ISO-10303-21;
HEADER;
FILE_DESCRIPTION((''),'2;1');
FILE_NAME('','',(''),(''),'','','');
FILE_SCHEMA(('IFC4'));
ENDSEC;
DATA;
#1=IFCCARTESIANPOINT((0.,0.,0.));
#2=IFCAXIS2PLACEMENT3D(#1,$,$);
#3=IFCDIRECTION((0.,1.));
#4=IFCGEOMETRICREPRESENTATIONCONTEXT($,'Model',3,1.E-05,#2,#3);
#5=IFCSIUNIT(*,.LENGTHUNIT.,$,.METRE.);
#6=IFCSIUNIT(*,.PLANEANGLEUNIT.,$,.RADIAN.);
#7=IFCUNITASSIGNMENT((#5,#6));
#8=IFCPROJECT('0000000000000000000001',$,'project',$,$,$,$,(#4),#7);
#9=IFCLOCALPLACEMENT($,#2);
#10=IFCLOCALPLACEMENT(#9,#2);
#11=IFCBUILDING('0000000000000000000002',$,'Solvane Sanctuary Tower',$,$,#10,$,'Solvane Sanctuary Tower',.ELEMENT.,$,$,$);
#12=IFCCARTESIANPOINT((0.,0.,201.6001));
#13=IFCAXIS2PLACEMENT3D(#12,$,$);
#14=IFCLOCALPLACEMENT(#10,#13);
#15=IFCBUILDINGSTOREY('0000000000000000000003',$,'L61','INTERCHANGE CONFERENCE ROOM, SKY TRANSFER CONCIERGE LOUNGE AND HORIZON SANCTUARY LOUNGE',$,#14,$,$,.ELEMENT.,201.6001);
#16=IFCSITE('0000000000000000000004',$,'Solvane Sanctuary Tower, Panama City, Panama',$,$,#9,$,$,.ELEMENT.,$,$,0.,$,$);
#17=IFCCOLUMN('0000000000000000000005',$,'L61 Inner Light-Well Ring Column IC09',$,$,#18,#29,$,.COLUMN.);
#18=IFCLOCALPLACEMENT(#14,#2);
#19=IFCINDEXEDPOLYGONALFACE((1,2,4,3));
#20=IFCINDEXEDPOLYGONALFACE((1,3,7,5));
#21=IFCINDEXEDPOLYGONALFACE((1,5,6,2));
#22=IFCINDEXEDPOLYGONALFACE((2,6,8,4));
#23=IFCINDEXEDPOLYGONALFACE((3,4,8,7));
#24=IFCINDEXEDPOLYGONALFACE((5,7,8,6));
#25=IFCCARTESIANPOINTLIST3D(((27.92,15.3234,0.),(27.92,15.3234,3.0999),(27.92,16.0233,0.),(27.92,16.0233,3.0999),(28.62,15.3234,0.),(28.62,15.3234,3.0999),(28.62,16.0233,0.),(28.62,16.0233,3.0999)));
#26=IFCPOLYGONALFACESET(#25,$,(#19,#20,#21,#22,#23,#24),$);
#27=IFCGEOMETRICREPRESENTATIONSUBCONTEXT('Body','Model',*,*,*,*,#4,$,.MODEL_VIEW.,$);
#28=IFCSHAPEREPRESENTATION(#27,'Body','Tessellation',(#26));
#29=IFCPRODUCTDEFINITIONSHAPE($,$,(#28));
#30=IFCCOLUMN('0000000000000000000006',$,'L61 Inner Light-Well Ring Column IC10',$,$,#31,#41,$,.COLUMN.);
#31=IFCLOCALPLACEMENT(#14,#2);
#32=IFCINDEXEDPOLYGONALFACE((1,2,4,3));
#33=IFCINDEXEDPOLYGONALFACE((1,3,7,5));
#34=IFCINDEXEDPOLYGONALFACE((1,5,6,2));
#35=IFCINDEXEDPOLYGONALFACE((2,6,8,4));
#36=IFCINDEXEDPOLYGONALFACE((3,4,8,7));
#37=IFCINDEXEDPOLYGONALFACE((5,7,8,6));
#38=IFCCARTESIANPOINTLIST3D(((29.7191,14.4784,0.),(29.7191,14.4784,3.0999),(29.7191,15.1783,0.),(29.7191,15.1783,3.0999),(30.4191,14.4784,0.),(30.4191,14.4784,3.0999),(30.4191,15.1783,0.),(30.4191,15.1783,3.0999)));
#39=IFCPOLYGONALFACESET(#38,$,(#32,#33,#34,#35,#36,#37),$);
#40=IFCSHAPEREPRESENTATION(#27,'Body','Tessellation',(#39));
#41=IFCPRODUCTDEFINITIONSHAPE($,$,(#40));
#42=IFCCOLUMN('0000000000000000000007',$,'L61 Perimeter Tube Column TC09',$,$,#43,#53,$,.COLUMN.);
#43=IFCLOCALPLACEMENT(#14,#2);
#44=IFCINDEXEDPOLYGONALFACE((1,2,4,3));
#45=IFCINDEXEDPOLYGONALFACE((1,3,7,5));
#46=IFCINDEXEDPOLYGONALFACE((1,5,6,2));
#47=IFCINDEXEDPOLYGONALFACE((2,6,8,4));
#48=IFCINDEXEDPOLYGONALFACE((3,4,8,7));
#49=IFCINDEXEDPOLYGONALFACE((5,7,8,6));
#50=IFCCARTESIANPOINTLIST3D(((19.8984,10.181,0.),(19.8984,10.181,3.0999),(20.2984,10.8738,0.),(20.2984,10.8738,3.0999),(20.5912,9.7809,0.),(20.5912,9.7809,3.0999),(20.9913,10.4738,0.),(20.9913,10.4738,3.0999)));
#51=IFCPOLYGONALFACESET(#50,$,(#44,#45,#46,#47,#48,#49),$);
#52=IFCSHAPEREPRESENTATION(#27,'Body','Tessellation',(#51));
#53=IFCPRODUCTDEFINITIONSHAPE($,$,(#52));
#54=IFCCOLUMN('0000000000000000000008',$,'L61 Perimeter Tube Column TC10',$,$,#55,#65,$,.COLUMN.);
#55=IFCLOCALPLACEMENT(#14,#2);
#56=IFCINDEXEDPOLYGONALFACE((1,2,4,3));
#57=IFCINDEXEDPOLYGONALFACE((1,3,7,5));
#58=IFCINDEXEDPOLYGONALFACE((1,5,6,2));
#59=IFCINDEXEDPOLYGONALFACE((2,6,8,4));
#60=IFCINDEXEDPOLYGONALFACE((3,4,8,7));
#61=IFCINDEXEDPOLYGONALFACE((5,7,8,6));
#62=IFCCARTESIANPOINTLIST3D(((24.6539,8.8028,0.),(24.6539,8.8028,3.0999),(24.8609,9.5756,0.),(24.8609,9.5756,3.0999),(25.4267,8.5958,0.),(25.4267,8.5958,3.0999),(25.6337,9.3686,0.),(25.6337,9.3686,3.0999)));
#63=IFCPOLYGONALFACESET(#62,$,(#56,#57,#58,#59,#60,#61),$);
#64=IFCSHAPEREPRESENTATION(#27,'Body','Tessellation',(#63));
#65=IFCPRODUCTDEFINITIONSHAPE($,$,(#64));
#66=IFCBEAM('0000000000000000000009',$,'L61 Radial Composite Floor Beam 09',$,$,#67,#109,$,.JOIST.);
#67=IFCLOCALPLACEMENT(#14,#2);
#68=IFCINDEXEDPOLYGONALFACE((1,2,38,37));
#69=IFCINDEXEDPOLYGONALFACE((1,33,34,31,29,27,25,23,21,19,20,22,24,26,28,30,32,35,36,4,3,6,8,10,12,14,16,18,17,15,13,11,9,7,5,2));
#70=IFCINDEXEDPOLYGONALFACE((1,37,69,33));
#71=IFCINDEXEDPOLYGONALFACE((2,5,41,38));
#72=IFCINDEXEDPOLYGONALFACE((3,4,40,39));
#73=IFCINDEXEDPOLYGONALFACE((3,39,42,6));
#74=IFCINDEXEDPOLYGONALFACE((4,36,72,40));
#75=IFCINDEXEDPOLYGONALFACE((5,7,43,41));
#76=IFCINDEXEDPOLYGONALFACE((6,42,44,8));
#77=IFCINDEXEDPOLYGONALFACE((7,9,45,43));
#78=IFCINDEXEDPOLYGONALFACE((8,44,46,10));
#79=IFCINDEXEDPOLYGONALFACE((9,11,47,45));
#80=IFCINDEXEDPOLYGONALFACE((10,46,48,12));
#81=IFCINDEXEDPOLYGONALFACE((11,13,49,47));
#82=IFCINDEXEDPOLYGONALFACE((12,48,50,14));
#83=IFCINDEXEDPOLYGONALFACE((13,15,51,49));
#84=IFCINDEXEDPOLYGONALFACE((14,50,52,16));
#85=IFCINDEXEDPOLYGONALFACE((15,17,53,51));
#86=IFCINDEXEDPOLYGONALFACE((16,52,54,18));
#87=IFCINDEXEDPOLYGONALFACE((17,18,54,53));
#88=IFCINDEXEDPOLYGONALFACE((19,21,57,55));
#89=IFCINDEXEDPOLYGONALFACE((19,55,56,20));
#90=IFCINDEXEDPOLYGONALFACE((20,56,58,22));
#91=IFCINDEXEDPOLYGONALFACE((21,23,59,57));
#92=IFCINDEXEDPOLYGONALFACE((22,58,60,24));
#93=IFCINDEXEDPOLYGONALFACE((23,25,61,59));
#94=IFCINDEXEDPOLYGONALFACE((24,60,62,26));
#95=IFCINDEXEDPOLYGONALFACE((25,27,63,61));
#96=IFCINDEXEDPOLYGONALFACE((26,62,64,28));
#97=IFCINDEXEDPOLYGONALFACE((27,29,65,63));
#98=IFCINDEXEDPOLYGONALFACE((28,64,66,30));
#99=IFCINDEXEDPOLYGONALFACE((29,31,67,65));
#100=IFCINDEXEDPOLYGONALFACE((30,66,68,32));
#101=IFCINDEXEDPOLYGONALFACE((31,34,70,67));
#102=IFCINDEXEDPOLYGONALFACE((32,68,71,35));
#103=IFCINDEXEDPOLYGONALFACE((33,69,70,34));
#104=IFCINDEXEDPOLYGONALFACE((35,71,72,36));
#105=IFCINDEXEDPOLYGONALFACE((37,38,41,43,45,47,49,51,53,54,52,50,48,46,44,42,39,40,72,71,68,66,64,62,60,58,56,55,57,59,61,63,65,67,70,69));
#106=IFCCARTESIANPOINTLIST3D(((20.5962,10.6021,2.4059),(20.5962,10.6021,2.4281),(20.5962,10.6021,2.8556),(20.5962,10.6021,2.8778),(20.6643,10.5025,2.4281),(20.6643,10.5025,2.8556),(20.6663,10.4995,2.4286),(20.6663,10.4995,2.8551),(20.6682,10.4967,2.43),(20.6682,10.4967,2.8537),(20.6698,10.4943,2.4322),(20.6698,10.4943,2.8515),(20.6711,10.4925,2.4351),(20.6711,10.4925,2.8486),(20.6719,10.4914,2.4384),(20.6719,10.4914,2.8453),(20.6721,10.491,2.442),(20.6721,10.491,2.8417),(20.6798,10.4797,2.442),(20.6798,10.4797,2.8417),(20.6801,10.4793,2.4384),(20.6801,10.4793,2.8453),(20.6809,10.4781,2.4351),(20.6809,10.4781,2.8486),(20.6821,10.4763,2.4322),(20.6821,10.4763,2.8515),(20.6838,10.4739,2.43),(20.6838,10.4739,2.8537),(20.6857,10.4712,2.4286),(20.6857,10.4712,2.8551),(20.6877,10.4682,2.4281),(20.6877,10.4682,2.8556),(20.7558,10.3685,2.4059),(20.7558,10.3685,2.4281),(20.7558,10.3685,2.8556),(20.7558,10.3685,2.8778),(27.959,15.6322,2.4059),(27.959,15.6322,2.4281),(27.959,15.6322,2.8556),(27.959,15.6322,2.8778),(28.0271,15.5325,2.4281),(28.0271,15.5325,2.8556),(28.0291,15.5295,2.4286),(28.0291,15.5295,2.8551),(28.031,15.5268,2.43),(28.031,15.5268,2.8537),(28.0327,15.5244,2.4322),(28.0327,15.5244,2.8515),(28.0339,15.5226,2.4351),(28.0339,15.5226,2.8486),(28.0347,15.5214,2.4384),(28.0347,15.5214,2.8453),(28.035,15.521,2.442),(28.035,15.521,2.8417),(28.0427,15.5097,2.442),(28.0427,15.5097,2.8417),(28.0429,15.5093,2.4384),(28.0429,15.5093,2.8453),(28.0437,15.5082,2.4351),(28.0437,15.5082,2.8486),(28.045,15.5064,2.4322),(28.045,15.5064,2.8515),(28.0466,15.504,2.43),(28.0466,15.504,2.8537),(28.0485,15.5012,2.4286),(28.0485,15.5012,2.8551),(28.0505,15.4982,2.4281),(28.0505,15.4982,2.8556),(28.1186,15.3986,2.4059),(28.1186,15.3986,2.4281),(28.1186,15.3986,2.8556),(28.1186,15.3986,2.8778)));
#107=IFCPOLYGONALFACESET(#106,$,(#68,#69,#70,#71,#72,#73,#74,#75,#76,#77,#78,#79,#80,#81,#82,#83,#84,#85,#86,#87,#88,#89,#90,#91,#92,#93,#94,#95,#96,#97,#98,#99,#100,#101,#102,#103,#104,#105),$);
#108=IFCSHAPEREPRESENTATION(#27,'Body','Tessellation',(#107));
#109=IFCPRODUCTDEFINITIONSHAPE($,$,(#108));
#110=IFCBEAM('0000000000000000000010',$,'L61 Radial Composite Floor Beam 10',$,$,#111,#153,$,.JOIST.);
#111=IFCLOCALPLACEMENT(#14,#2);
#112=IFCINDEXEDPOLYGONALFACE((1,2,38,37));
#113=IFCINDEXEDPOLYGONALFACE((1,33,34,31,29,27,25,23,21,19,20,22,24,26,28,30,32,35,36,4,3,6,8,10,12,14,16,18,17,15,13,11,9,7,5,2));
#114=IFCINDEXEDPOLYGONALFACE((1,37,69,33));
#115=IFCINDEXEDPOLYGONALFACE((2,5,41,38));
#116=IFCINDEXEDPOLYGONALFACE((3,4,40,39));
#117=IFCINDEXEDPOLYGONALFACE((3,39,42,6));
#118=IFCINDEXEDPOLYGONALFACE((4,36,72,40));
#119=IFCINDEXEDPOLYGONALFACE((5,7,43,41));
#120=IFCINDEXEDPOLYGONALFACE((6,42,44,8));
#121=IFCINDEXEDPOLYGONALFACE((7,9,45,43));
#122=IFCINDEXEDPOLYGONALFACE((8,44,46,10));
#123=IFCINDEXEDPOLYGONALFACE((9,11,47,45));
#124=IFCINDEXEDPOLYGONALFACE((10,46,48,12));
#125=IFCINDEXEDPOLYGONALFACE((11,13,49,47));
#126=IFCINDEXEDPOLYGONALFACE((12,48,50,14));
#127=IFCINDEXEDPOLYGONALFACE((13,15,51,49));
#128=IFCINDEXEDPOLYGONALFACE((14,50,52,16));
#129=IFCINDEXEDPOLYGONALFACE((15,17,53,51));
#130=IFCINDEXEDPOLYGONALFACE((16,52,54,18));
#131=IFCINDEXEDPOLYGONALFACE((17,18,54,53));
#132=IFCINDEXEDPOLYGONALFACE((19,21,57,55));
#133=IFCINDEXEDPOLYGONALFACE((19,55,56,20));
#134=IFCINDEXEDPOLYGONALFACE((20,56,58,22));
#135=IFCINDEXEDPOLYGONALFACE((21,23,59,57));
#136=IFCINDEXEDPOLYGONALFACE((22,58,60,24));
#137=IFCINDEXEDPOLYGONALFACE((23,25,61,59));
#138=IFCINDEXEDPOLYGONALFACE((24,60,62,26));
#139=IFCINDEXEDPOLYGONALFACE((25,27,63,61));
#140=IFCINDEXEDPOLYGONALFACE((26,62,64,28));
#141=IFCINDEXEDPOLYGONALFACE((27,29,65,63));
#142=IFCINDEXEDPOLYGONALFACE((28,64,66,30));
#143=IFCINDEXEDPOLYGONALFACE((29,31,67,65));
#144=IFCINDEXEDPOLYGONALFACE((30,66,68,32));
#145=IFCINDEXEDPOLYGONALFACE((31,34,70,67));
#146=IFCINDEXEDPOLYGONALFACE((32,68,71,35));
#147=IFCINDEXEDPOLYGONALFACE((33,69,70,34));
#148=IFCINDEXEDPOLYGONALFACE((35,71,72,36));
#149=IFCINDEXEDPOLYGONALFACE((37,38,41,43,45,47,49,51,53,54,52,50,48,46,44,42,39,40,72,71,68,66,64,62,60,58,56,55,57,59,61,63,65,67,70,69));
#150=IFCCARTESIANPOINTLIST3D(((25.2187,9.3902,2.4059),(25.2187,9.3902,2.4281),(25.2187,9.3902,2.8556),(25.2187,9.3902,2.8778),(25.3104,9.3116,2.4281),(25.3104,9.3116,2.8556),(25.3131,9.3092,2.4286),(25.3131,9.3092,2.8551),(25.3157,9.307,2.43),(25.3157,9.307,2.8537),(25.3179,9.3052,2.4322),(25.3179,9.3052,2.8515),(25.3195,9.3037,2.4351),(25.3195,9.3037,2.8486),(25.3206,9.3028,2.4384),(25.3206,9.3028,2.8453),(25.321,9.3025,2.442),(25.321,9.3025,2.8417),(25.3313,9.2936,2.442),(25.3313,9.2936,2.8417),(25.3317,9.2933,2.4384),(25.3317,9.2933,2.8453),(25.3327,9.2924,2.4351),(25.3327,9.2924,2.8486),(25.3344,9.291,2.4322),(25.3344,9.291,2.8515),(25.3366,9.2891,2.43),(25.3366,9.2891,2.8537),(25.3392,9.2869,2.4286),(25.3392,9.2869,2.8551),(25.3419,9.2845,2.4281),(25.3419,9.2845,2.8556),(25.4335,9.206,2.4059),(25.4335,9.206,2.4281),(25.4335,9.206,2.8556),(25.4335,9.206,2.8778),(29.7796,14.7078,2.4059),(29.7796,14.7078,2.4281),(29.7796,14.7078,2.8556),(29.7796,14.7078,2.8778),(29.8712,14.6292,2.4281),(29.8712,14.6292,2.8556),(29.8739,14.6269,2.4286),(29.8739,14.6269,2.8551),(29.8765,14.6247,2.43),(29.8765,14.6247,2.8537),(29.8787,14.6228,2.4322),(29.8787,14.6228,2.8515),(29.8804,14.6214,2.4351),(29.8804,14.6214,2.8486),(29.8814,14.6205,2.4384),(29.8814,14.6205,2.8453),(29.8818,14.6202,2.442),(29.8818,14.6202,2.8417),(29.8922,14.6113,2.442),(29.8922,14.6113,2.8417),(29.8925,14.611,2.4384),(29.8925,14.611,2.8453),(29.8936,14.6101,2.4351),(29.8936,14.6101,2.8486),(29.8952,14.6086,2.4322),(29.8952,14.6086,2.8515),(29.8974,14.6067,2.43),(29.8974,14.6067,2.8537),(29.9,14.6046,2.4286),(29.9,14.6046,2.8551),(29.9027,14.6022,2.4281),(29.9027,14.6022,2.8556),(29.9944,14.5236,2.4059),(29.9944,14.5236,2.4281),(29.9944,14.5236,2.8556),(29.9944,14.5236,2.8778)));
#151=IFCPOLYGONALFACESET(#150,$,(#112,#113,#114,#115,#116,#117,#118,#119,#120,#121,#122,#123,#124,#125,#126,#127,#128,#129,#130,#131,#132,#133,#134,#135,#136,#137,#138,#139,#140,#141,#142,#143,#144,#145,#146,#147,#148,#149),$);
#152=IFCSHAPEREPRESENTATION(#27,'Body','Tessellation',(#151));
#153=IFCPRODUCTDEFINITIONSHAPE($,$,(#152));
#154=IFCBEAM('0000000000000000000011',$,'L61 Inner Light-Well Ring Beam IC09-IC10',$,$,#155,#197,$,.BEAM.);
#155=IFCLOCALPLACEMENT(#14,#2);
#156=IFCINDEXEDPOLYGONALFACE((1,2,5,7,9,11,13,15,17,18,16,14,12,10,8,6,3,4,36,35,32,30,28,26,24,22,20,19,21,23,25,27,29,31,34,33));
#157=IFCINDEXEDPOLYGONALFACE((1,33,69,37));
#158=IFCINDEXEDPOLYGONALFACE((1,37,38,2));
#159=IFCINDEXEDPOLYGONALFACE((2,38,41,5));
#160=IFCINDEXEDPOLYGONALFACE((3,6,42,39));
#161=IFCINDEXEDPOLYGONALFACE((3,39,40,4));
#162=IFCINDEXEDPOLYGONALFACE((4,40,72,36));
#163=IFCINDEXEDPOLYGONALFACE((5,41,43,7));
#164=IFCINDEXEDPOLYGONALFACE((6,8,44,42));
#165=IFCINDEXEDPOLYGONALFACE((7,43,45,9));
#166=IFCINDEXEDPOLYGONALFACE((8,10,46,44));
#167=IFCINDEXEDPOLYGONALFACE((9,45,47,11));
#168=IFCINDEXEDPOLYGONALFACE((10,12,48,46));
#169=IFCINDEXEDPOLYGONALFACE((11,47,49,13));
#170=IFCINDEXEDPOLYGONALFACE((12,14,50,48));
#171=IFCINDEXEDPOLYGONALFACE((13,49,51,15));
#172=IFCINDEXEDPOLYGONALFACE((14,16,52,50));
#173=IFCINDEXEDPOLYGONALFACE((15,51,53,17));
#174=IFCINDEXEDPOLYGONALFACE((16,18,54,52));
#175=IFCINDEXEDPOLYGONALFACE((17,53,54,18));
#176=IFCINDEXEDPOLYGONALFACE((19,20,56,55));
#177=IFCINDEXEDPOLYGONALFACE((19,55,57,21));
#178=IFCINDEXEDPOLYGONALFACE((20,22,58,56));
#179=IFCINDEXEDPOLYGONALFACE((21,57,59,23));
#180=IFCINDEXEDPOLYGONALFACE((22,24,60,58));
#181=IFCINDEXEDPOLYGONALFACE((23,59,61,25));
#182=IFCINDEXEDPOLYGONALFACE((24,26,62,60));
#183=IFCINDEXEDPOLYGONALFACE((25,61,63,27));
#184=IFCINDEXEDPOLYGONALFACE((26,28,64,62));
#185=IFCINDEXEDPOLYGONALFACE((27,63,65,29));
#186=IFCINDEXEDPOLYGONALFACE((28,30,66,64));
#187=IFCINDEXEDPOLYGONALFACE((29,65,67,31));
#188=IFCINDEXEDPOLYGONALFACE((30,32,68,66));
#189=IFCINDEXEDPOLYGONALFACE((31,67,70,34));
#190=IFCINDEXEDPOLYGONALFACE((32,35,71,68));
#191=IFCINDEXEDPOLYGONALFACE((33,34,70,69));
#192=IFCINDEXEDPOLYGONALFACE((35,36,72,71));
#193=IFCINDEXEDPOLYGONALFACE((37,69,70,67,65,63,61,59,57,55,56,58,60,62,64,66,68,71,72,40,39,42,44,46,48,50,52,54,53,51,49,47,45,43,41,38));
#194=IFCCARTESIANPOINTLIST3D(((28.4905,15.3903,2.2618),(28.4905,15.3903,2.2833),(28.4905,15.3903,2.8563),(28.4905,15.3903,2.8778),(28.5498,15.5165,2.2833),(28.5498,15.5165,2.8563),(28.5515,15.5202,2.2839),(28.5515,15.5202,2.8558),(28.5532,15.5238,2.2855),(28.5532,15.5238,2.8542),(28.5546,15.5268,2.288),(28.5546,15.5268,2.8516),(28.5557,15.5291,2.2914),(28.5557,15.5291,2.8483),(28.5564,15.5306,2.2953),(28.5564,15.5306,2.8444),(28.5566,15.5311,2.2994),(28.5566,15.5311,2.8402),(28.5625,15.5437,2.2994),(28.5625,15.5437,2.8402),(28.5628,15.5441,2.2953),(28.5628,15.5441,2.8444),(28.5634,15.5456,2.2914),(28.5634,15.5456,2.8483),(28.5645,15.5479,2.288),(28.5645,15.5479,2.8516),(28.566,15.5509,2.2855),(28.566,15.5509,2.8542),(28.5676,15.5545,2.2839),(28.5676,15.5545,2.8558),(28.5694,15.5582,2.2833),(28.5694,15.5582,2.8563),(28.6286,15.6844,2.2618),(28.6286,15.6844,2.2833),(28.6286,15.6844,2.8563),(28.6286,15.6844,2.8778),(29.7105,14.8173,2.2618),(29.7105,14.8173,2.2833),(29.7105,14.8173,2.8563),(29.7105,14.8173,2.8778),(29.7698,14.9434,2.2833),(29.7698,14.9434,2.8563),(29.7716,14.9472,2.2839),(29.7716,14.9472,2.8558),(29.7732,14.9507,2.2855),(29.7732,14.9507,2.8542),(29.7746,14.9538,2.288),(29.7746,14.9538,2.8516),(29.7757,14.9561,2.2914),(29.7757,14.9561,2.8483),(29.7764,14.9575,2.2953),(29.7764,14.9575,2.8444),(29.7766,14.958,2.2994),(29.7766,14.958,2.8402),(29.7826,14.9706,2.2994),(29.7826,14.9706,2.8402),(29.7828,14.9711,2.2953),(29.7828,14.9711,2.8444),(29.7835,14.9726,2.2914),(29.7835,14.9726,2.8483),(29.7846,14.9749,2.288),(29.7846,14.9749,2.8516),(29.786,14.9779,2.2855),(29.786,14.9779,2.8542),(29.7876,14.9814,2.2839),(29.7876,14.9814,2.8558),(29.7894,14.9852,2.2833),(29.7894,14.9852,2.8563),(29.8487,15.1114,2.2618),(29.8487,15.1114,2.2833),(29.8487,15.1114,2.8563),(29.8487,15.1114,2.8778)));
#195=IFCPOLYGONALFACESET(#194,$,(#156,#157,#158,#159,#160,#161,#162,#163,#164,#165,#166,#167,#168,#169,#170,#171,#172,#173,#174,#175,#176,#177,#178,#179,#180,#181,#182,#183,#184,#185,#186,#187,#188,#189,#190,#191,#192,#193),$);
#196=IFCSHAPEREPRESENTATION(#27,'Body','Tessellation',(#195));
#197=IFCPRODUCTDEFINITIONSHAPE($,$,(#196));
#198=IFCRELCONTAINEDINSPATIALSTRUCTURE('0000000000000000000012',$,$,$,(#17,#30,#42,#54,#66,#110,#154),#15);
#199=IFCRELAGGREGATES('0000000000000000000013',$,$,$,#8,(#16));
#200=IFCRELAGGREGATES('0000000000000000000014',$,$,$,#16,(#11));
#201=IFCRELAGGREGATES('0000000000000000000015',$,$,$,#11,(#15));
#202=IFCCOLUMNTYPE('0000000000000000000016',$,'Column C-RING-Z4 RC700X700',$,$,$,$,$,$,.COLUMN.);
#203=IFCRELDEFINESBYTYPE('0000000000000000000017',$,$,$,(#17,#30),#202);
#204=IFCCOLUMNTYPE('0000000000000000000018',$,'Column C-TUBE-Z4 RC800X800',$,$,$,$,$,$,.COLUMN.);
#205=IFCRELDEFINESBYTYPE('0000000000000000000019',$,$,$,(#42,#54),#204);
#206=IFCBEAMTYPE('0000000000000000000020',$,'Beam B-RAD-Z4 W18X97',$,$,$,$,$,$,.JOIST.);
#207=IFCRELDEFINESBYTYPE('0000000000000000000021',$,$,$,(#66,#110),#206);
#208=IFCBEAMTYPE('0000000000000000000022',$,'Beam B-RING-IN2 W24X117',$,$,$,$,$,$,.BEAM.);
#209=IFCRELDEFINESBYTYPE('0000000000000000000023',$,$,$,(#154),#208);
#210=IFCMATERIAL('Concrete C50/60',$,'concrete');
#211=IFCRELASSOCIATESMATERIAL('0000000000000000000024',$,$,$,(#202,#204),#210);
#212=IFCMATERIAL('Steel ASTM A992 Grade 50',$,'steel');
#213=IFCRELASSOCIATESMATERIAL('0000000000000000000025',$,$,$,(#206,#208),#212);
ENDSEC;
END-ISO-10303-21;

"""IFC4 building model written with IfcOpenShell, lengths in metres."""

from ifc_helpers import new_model, si_unit, direction, frame, origin, origin_2d, place, context, subcontext, project, spatial, rectangle, i_section, extrude, material, material_profile, profile_set, type_object, element, save


model = new_model("IFC4")

# Units and contexts
model_context = context("Model", 3, precision=1e-05, world=origin(), true_north=direction((0.0, 1.0)))
body_context = subcontext(model_context, "Body", "Model", "MODEL_VIEW")
ifc_project = project(units=[si_unit("LENGTHUNIT", "METRE"), si_unit("PLANEANGLEUNIT", "RADIAN")], contexts=[model_context])

# Site, building, storey
site_placement = place(None, origin())
site = spatial("IfcSite", under=ifc_project, at=site_placement, Name="Solvane Sanctuary Tower, Panama City, Panama", CompositionType="ELEMENT", RefElevation=0.0)
building_placement = place(site_placement, origin())
building = spatial("IfcBuilding", under=site, at=building_placement, Name="Solvane Sanctuary Tower", LongName="Solvane Sanctuary Tower", CompositionType="ELEMENT")
storey_placement = place(building_placement, frame((0.0, 0.0, 201.6001)))
storey = spatial("IfcBuildingStorey", under=building, at=storey_placement, Name="L61", Description="INTERCHANGE CONFERENCE ROOM, SKY TRANSFER CONCIERGE LOUNGE AND HORIZON SANCTUARY LOUNGE", CompositionType="ELEMENT", Elevation=201.6001)

# Columns
ifc_material_1 = material(Name="Concrete C50/60", Category="concrete")
ifc_material_profile_1 = material_profile(ifc_material_1, rectangle(XDim=0.7, YDim=0.7, at=origin_2d()), Name="RC700X700")
ifc_profile_set_1 = profile_set([ifc_material_profile_1], Name="Concrete C50/60")
column_type_1 = type_object("IfcColumnType", Name="Column C-RING-Z4 RC700X700", PredefinedType="COLUMN", material=ifc_profile_set_1)
for number, where, z_axis, x_axis, name in (
    (1, (28.27, 15.6733, 0.0), (0.0, 0.0, 1.0), (1.0, 0.0, 0.0), "L61 Inner Light-Well Ring Column IC09"),
    (2, (30.0691, 14.8284, 0.0), (0.0, 0.0, 1.0), (1.0, 0.0, 0.0), "L61 Inner Light-Well Ring Column IC10"),
):
    element("IfcColumn", number, at=place(storey_placement, frame(where, z_axis=z_axis, x_axis=x_axis)), inside=storey, type_object=column_type_1, Name=name, PredefinedType="COLUMN", context=body_context, shape_type="SweptSolid", body=[
        extrude(rectangle(XDim=0.7, YDim=0.7, at=origin_2d()), origin(), (0.0, 0.0, 1.0), 3.0999),
    ])
ifc_material_profile_2 = material_profile(ifc_material_1, rectangle(XDim=0.8, YDim=0.8, at=origin_2d()), Name="RC800X800")
ifc_profile_set_2 = profile_set([ifc_material_profile_2], Name="Concrete C50/60")
column_type_2 = type_object("IfcColumnType", Name="Column C-TUBE-Z4 RC800X800", PredefinedType="COLUMN", material=ifc_profile_set_2)
for number, where, z_axis, x_axis, name in (
    (3, (20.4448, 10.3274, 0.0), (0.0, 0.0, 1.0), (-0.5, -0.866025, 0.0), "L61 Perimeter Tube Column TC09"),
    (4, (25.1438, 9.0857, 0.0), (0.0, 0.0, 1.0), (-0.258819, -0.965926, 0.0), "L61 Perimeter Tube Column TC10"),
):
    element("IfcColumn", number, at=place(storey_placement, frame(where, z_axis=z_axis, x_axis=x_axis)), inside=storey, type_object=column_type_2, Name=name, PredefinedType="COLUMN", context=body_context, shape_type="SweptSolid", body=[
        extrude(rectangle(XDim=0.8, YDim=0.8, at=origin_2d()), origin(), (0.0, 0.0, 1.0), 3.0999),
    ])

# Beams
ifc_material_2 = material(Name="Steel ASTM A992 Grade 50", Category="steel")
ifc_material_profile_3 = material_profile(ifc_material_2, i_section(OverallWidth=0.283, OverallDepth=0.4719, WebThickness=0.0137, FlangeThickness=0.0222, FilletRadius=0.0139, at=origin_2d()), Name="W18X97")
ifc_profile_set_3 = profile_set([ifc_material_profile_3], Name="Steel ASTM A992 Grade 50")
beam_type_1 = type_object("IfcBeamType", Name="Beam B-RAD-Z4 W18X97", PredefinedType="JOIST", material=ifc_profile_set_3)
beam_1_placement = place(storey_placement, frame((28.0388, 15.5154, 2.6418), z_axis=(-0.825708, -0.564098, 0.0), x_axis=(0.564098, -0.825708, 0.0)))
element("IfcBeam", 5, at=beam_1_placement, inside=storey, type_object=beam_type_1, Name="L61 Radial Composite Floor Beam 09", PredefinedType="JOIST", context=body_context, shape_type="SweptSolid", body=[
    extrude(i_section(OverallWidth=0.283, OverallDepth=0.4719, WebThickness=0.0137, FlangeThickness=0.0222, FilletRadius=0.0139, at=origin_2d()), origin(), (0.0, 0.0, 1.0), 8.917),
])
beam_2_placement = place(storey_placement, frame((29.887, 14.6157, 2.6418), z_axis=(-0.651024, -0.759057, 0.0), x_axis=(0.759057, -0.651024, 0.0)))
element("IfcBeam", 6, at=beam_2_placement, inside=storey, type_object=beam_type_1, Name="L61 Radial Composite Floor Beam 10", PredefinedType="JOIST", context=body_context, shape_type="SweptSolid", body=[
    extrude(i_section(OverallWidth=0.283, OverallDepth=0.4719, WebThickness=0.0137, FlangeThickness=0.0222, FilletRadius=0.0139, at=origin_2d()), origin(), (0.0, 0.0, 1.0), 7.0056),
])
ifc_material_profile_4 = material_profile(ifc_material_2, i_section(OverallWidth=0.325, OverallDepth=0.616, WebThickness=0.0139, FlangeThickness=0.0215, FilletRadius=0.0161, at=origin_2d()), Name="W24X117")
ifc_profile_set_4 = profile_set([ifc_material_profile_4], Name="Steel ASTM A992 Grade 50")
beam_type_2 = type_object("IfcBeamType", Name="Beam B-RING-IN2 W24X117", PredefinedType="BEAM", material=ifc_profile_set_4)
beam_3_placement = place(storey_placement, frame((28.5596, 15.5374, 2.5698), z_axis=(0.905135, -0.425125, 0.0), x_axis=(0.425125, 0.905135, 0.0)))
element("IfcBeam", 7, at=beam_3_placement, inside=storey, type_object=beam_type_2, Name="L61 Inner Light-Well Ring Beam IC09-IC10", PredefinedType="BEAM", context=body_context, shape_type="SweptSolid", body=[
    extrude(i_section(OverallWidth=0.325, OverallDepth=0.616, WebThickness=0.0139, FlangeThickness=0.0215, FilletRadius=0.0161, at=origin_2d()), origin(), (0.0, 0.0, 1.0), 1.3479),
])

save(model, "model.ifc")
